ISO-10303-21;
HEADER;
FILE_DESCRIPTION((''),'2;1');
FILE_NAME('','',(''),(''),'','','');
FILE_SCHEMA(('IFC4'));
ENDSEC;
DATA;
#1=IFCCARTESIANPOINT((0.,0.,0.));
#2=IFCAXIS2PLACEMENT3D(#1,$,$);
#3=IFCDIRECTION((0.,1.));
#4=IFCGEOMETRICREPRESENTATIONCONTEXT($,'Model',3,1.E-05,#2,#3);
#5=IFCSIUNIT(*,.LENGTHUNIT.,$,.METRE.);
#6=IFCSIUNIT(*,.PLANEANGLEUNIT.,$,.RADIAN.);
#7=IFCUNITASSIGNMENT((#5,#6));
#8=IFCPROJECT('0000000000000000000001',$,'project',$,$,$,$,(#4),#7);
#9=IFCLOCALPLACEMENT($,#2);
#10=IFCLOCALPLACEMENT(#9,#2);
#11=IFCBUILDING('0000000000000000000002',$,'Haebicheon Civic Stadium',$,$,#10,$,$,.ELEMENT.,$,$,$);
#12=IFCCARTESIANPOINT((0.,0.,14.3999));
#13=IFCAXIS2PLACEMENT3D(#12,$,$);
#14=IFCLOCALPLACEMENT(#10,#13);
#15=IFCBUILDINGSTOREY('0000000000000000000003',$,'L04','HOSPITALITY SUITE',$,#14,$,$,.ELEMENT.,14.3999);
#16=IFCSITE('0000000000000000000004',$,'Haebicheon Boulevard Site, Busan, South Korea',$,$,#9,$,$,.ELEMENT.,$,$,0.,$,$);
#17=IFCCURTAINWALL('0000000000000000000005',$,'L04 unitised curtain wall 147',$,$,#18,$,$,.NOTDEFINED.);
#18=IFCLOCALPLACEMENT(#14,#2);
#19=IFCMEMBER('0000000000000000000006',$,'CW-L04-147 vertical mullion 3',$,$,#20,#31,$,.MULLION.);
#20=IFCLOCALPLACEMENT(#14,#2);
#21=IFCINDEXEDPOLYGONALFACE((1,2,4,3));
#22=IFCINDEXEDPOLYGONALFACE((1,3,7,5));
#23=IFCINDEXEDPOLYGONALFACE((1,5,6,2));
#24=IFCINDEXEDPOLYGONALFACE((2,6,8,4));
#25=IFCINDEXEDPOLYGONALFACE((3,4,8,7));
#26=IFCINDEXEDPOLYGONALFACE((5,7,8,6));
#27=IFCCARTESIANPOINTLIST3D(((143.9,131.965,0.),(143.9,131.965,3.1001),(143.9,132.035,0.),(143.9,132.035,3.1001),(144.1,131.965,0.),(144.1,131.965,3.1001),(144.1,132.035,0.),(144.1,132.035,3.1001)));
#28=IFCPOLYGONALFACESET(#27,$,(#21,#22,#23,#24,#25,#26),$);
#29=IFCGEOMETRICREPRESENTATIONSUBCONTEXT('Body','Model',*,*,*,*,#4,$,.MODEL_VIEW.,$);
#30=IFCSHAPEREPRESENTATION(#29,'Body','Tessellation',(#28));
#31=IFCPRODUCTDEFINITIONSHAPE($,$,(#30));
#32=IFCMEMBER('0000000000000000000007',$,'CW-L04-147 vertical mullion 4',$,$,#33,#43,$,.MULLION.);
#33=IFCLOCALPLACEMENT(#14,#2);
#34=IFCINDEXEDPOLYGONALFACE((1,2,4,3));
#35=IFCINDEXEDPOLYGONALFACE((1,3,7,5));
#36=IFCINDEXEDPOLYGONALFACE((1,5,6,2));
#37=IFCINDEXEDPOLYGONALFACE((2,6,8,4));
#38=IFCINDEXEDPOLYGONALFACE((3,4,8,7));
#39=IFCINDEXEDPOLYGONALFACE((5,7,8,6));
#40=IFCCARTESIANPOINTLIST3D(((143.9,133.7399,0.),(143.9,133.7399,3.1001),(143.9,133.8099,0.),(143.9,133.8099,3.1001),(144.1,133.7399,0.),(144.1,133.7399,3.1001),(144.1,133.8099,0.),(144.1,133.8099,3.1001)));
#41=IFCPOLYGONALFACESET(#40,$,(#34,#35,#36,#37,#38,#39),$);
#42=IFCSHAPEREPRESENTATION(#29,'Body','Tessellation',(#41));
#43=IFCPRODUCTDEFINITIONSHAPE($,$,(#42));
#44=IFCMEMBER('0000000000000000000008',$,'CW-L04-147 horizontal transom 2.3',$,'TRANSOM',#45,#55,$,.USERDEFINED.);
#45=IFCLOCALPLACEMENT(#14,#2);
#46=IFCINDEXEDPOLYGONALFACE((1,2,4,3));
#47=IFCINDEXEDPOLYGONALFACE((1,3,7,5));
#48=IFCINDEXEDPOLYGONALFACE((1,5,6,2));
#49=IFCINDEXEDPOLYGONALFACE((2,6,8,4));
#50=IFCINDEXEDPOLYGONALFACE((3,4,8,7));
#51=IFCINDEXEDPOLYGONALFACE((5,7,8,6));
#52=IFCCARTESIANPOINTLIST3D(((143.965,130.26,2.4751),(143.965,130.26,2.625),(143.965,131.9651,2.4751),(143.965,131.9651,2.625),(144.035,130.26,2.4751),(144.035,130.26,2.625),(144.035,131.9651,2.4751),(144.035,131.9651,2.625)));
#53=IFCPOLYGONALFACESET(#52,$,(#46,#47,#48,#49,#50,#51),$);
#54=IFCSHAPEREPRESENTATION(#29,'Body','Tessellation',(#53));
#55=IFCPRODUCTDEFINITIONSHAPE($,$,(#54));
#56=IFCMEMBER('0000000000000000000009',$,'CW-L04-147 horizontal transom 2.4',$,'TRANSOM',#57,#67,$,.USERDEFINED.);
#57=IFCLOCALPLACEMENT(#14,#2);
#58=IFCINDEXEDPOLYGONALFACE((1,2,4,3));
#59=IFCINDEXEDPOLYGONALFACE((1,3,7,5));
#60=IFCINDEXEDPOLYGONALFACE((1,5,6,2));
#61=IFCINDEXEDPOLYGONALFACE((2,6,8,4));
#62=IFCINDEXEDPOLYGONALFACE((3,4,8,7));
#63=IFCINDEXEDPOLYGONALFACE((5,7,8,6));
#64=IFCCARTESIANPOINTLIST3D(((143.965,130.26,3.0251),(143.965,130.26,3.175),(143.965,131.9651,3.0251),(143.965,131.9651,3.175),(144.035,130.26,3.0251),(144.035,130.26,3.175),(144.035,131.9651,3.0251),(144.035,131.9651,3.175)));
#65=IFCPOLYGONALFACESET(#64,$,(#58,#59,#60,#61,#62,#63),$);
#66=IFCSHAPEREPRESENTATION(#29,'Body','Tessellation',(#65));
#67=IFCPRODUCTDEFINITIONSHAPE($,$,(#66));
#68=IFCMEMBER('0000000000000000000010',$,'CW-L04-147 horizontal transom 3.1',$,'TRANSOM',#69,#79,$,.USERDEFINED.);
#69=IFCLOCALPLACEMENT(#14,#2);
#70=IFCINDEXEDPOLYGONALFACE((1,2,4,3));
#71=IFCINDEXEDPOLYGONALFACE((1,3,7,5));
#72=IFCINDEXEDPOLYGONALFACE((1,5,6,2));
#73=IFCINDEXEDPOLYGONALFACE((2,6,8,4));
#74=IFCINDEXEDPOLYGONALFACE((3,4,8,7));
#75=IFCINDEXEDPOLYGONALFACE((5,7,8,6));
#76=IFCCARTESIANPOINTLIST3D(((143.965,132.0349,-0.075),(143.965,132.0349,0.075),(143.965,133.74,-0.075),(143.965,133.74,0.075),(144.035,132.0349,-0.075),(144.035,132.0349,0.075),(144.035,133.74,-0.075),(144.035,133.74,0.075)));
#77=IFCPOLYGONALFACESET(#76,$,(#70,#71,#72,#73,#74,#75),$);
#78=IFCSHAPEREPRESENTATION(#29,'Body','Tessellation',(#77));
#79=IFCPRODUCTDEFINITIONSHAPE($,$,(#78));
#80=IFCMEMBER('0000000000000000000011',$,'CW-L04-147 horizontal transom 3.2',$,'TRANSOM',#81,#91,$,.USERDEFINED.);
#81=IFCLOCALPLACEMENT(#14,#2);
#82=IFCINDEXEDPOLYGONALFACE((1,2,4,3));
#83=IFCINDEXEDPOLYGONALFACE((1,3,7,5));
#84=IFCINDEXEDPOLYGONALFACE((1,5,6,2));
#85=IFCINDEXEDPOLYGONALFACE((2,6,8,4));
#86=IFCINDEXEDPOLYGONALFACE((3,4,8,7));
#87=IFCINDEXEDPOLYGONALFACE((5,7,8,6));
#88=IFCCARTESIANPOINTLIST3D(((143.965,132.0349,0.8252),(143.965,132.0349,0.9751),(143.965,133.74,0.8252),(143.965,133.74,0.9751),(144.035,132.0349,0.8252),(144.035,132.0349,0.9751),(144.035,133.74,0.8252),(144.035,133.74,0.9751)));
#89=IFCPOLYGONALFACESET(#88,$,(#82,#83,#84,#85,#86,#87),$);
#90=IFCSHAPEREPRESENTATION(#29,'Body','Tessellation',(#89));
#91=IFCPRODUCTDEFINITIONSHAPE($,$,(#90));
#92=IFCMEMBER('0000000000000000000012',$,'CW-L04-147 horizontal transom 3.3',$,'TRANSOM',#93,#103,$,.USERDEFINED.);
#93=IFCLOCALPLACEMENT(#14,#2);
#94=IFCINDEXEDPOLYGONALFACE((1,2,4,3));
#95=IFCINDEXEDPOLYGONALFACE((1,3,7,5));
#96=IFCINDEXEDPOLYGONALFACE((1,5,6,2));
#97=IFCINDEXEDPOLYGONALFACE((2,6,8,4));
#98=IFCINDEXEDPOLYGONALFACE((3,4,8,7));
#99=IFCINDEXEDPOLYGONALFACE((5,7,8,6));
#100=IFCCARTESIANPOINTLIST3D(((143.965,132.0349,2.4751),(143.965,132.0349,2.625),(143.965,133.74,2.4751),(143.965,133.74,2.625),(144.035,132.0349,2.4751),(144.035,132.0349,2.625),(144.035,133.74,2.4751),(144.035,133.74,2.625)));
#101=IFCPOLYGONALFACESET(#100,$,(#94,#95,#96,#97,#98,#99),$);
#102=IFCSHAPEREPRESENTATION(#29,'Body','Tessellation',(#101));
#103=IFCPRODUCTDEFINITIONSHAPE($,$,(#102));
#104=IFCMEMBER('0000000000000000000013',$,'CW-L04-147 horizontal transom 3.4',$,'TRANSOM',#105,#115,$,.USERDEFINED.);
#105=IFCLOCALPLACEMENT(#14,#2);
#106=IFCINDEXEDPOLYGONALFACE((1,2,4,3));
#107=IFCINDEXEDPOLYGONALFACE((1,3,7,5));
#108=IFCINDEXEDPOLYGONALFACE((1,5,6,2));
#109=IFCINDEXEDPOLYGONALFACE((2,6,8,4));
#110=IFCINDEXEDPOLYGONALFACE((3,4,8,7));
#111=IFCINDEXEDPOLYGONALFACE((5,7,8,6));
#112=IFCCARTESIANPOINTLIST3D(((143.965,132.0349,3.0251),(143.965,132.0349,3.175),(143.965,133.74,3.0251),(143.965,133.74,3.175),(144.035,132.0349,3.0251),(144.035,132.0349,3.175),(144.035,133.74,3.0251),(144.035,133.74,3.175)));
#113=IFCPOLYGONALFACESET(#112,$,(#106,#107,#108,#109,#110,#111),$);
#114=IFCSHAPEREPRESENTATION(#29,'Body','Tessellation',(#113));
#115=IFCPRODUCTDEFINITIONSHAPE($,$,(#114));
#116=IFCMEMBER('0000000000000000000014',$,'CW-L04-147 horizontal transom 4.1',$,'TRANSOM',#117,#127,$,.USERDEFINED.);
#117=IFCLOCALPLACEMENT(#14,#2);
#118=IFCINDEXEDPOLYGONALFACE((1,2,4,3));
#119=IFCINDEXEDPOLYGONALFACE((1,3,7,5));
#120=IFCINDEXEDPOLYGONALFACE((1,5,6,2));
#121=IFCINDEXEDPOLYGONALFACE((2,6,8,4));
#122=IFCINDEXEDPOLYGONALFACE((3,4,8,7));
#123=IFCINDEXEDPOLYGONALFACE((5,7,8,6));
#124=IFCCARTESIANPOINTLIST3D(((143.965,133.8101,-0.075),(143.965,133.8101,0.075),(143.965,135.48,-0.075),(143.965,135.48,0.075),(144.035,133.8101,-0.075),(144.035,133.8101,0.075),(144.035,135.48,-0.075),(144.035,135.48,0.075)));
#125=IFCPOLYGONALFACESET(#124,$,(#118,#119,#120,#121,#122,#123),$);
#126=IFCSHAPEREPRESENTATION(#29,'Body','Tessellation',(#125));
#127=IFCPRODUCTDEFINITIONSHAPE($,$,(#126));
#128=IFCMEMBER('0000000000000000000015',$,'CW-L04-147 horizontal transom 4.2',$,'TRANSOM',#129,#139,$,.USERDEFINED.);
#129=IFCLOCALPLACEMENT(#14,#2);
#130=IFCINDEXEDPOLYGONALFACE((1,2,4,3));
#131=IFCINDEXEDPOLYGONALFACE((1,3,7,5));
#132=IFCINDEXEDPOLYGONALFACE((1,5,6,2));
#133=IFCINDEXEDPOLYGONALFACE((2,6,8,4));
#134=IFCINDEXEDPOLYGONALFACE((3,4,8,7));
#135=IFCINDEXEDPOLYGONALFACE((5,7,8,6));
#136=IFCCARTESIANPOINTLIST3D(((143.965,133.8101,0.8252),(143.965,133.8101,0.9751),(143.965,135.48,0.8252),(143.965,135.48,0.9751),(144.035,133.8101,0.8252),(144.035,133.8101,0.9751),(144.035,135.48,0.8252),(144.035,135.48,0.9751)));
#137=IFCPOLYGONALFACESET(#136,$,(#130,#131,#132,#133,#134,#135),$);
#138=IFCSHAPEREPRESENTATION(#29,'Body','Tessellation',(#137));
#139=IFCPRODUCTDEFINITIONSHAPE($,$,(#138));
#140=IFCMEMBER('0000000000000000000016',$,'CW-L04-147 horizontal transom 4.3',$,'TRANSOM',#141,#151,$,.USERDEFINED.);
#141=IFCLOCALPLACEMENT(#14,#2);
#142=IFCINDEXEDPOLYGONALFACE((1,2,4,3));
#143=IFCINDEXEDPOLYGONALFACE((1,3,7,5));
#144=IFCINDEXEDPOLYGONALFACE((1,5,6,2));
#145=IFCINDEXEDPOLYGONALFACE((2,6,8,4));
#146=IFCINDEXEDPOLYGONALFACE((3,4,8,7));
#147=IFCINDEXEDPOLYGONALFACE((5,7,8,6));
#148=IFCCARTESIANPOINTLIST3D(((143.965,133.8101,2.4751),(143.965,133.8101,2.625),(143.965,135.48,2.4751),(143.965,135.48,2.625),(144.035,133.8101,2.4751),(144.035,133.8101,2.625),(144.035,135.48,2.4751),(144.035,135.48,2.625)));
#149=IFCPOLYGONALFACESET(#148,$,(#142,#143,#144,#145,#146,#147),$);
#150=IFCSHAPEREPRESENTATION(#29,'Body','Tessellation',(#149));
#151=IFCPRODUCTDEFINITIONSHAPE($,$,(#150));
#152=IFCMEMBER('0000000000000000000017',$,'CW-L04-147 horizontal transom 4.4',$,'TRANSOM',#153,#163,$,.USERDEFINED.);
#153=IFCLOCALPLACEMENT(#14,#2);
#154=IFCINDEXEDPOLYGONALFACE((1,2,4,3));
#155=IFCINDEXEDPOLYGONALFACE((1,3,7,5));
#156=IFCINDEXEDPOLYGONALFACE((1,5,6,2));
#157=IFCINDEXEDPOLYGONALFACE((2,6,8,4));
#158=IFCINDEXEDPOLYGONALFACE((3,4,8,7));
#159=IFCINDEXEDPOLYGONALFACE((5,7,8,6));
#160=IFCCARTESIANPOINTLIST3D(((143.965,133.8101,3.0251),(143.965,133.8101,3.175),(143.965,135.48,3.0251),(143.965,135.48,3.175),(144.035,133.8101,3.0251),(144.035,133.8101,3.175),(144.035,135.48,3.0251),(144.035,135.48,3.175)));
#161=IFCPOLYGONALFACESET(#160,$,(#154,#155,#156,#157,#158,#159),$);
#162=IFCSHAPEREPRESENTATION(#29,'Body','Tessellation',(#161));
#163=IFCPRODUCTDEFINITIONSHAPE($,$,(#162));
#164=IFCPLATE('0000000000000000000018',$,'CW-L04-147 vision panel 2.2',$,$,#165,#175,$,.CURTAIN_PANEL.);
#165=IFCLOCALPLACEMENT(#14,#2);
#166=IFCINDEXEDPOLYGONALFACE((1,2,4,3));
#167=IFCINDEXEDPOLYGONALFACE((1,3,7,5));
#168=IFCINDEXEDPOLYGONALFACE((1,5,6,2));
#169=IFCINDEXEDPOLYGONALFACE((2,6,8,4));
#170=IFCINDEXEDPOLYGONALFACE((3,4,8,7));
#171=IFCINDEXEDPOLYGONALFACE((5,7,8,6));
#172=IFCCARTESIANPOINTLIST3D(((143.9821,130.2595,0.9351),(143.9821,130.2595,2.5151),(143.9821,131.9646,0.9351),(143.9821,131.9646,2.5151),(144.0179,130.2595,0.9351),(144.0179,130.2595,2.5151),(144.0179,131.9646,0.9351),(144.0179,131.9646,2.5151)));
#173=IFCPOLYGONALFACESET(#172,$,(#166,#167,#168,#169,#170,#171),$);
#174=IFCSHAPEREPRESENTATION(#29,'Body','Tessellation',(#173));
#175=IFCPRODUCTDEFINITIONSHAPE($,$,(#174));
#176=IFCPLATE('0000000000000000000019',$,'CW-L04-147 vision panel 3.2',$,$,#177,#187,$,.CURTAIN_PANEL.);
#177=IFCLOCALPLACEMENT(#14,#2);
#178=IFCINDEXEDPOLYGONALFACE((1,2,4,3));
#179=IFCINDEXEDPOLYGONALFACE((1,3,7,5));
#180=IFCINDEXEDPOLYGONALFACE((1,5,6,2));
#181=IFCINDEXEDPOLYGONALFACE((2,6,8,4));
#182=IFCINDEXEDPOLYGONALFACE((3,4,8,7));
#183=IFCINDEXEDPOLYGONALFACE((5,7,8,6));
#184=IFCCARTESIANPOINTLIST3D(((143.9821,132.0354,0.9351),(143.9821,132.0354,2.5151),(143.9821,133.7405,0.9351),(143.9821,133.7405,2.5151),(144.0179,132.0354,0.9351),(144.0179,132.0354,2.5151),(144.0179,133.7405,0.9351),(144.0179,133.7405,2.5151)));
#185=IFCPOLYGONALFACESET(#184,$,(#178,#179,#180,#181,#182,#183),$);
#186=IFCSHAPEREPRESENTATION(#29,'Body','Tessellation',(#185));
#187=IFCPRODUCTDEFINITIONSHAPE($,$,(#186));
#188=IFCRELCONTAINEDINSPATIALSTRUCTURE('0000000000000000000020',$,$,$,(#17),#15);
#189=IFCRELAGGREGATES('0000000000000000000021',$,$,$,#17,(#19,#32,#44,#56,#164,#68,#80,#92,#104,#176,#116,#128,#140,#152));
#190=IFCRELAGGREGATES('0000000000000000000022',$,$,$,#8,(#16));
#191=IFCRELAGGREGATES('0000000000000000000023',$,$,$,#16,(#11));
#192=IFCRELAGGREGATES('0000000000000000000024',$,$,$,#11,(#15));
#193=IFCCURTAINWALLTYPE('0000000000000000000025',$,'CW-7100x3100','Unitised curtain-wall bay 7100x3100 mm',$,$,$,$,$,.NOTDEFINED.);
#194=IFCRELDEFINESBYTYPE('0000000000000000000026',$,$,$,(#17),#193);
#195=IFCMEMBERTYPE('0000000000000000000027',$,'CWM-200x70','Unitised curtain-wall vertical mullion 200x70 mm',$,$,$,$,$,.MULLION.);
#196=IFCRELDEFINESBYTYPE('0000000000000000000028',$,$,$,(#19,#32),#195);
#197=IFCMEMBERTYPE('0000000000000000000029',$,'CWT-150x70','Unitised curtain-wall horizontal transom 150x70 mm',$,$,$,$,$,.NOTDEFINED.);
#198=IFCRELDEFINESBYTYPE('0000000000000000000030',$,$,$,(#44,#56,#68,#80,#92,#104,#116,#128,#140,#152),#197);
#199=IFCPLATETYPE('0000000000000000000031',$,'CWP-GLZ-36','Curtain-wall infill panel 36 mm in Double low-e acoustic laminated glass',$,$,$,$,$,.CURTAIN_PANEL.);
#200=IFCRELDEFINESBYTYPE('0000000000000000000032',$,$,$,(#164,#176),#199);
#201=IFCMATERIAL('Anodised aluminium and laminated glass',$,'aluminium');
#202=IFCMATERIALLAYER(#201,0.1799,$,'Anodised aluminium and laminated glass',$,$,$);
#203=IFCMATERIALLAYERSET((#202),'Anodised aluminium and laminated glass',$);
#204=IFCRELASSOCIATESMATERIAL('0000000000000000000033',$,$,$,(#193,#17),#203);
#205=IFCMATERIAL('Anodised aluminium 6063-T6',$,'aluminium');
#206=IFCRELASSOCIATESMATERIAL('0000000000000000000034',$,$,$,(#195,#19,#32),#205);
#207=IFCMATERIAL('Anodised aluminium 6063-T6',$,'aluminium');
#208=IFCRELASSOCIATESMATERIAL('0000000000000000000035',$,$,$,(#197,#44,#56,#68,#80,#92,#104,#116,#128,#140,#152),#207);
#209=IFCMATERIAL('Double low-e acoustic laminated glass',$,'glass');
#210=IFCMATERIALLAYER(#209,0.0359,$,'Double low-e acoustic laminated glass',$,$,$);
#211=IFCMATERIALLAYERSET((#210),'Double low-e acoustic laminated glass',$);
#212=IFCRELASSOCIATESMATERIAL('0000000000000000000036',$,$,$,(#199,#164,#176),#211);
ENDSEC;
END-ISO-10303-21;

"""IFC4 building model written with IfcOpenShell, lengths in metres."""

from ifc_helpers import new_model, si_unit, direction, frame, origin, origin_2d, place, context, subcontext, project, spatial, rectangle, extrude, material, layer, layer_set, material_profile, profile_set, type_object, element, aggregate, save


model = new_model("IFC4")

# Units and contexts
model_context = context("Model", 3, precision=1e-05, world=origin(), true_north=direction((0.0, 1.0)))
body_context = subcontext(model_context, "Body", "Model", "MODEL_VIEW")
ifc_project = project(units=[si_unit("LENGTHUNIT", "METRE"), si_unit("PLANEANGLEUNIT", "RADIAN")], contexts=[model_context])

# Site, building, storey
site_placement = place(None, origin())
site = spatial("IfcSite", under=ifc_project, at=site_placement, Name="Haebicheon Boulevard Site, Busan, South Korea", CompositionType="ELEMENT", RefElevation=0.0)
building_placement = place(site_placement, origin())
building = spatial("IfcBuilding", under=site, at=building_placement, Name="Haebicheon Civic Stadium", CompositionType="ELEMENT")
storey_placement = place(building_placement, frame((0.0, 0.0, 14.3999)))
storey = spatial("IfcBuildingStorey", under=building, at=storey_placement, Name="L04", Description="HOSPITALITY SUITE", CompositionType="ELEMENT", Elevation=14.3999)

# Curtain wall, members, plates
ifc_material_1 = material(Name="Anodised aluminium and laminated glass", Category="aluminium")
ifc_layer_1 = layer(ifc_material_1, 0.1799, Name="Anodised aluminium and laminated glass")
ifc_layer_set_1 = layer_set([ifc_layer_1], Name="Anodised aluminium and laminated glass")
curtain_wall_type = type_object("IfcCurtainWallType", Name="CW-7100x3100", Description="Unitised curtain-wall bay 7100x3100 mm", PredefinedType="NOTDEFINED", material=ifc_layer_set_1)
curtain_wall_placement = place(storey_placement, origin())
curtain_wall = element("IfcCurtainWall", 1, at=curtain_wall_placement, inside=storey, type_object=curtain_wall_type, material=ifc_layer_set_1, Name="L04 unitised curtain wall 147", PredefinedType="NOTDEFINED")
ifc_material_2 = material(Name="Anodised aluminium 6063-T6", Category="aluminium")
ifc_material_profile_1 = material_profile(ifc_material_2, rectangle(XDim=0.0701, YDim=0.2, at=origin_2d()), Name="ALU-MULL-70x200")
ifc_profile_set_1 = profile_set([ifc_material_profile_1], Name="Anodised aluminium 6063-T6")
member_type_1 = type_object("IfcMemberType", Name="CWM-200x70", Description="Unitised curtain-wall vertical mullion 200x70 mm", PredefinedType="MULLION", material=ifc_profile_set_1)
member_1_placement = place(storey_placement, frame((144.0, 132.0, 0.0), z_axis=(0.0, 0.0, 1.0), x_axis=(0.0, 1.0, 0.0)))
member_1 = element("IfcMember", 2, at=member_1_placement, type_object=member_type_1, material=ifc_profile_set_1, Name="CW-L04-147 vertical mullion 3", PredefinedType="MULLION", context=body_context, shape_type="SweptSolid", body=[
    extrude(rectangle(XDim=0.0701, YDim=0.2, at=origin_2d()), origin(), (0.0, 0.0, 1.0), 3.1001),
])
member_2_placement = place(storey_placement, frame((144.0, 133.7749, 0.0), z_axis=(0.0, 0.0, 1.0), x_axis=(0.0, 1.0, 0.0)))
member_2 = element("IfcMember", 3, at=member_2_placement, type_object=member_type_1, material=ifc_profile_set_1, Name="CW-L04-147 vertical mullion 4", PredefinedType="MULLION", context=body_context, shape_type="SweptSolid", body=[
    extrude(rectangle(XDim=0.0701, YDim=0.2, at=origin_2d()), origin(), (0.0, 0.0, 1.0), 3.1001),
])
ifc_material_3 = material(Name="Anodised aluminium 6063-T6", Category="aluminium")
ifc_material_profile_2 = material_profile(ifc_material_3, rectangle(XDim=0.0701, YDim=0.1499, at=origin_2d()), Name="ALU-TRAN-70x150")
ifc_profile_set_2 = profile_set([ifc_material_profile_2], Name="Anodised aluminium 6063-T6")
member_type_2 = type_object("IfcMemberType", Name="CWT-150x70", Description="Unitised curtain-wall horizontal transom 150x70 mm", PredefinedType="NOTDEFINED", material=ifc_profile_set_2)
member_3_placement = place(storey_placement, frame((144.0, 130.26, 2.55), z_axis=(0.0, 1.0, 0.0), x_axis=(-1.0, 0.0, 0.0)))
member_3 = element("IfcMember", 4, at=member_3_placement, type_object=member_type_2, material=ifc_profile_set_2, Name="CW-L04-147 horizontal transom 2.3", ObjectType="TRANSOM", PredefinedType="USERDEFINED", context=body_context, shape_type="SweptSolid", body=[
    extrude(rectangle(XDim=0.0701, YDim=0.1499, at=origin_2d()), origin(), (0.0, 0.0, 1.0), 1.7051),
])
member_4_placement = place(storey_placement, frame((144.0, 130.26, 3.1001), z_axis=(0.0, 1.0, 0.0), x_axis=(-1.0, 0.0, 0.0)))
member_4 = element("IfcMember", 5, at=member_4_placement, type_object=member_type_2, material=ifc_profile_set_2, Name="CW-L04-147 horizontal transom 2.4", ObjectType="TRANSOM", PredefinedType="USERDEFINED", context=body_context, shape_type="SweptSolid", body=[
    extrude(rectangle(XDim=0.0701, YDim=0.1499, at=origin_2d()), origin(), (0.0, 0.0, 1.0), 1.7051),
])
member_5_placement = place(storey_placement, frame((144.0, 132.0349, 0.0), z_axis=(0.0, 1.0, 0.0), x_axis=(-1.0, 0.0, 0.0)))
member_5 = element("IfcMember", 6, at=member_5_placement, type_object=member_type_2, material=ifc_profile_set_2, Name="CW-L04-147 horizontal transom 3.1", ObjectType="TRANSOM", PredefinedType="USERDEFINED", context=body_context, shape_type="SweptSolid", body=[
    extrude(rectangle(XDim=0.0701, YDim=0.1499, at=origin_2d()), origin(), (0.0, 0.0, 1.0), 1.7051),
])
member_6_placement = place(storey_placement, frame((144.0, 132.0349, 0.9001), z_axis=(0.0, 1.0, 0.0), x_axis=(-1.0, 0.0, 0.0)))
member_6 = element("IfcMember", 7, at=member_6_placement, type_object=member_type_2, material=ifc_profile_set_2, Name="CW-L04-147 horizontal transom 3.2", ObjectType="TRANSOM", PredefinedType="USERDEFINED", context=body_context, shape_type="SweptSolid", body=[
    extrude(rectangle(XDim=0.0701, YDim=0.1499, at=origin_2d()), origin(), (0.0, 0.0, 1.0), 1.7051),
])
member_7_placement = place(storey_placement, frame((144.0, 132.0349, 2.55), z_axis=(0.0, 1.0, 0.0), x_axis=(-1.0, 0.0, 0.0)))
member_7 = element("IfcMember", 8, at=member_7_placement, type_object=member_type_2, material=ifc_profile_set_2, Name="CW-L04-147 horizontal transom 3.3", ObjectType="TRANSOM", PredefinedType="USERDEFINED", context=body_context, shape_type="SweptSolid", body=[
    extrude(rectangle(XDim=0.0701, YDim=0.1499, at=origin_2d()), origin(), (0.0, 0.0, 1.0), 1.7051),
])
member_8_placement = place(storey_placement, frame((144.0, 132.0349, 3.1001), z_axis=(0.0, 1.0, 0.0), x_axis=(-1.0, 0.0, 0.0)))
member_8 = element("IfcMember", 9, at=member_8_placement, type_object=member_type_2, material=ifc_profile_set_2, Name="CW-L04-147 horizontal transom 3.4", ObjectType="TRANSOM", PredefinedType="USERDEFINED", context=body_context, shape_type="SweptSolid", body=[
    extrude(rectangle(XDim=0.0701, YDim=0.1499, at=origin_2d()), origin(), (0.0, 0.0, 1.0), 1.7051),
])
member_9_placement = place(storey_placement, frame((144.0, 133.8101, 0.0), z_axis=(0.0, 1.0, 0.0), x_axis=(-1.0, 0.0, 0.0)))
member_9 = element("IfcMember", 10, at=member_9_placement, type_object=member_type_2, material=ifc_profile_set_2, Name="CW-L04-147 horizontal transom 4.1", ObjectType="TRANSOM", PredefinedType="USERDEFINED", context=body_context, shape_type="SweptSolid", body=[
    extrude(rectangle(XDim=0.0701, YDim=0.1499, at=origin_2d()), origin(), (0.0, 0.0, 1.0), 1.6699),
])
member_10_placement = place(storey_placement, frame((144.0, 133.8101, 0.9001), z_axis=(0.0, 1.0, 0.0), x_axis=(-1.0, 0.0, 0.0)))
member_10 = element("IfcMember", 11, at=member_10_placement, type_object=member_type_2, material=ifc_profile_set_2, Name="CW-L04-147 horizontal transom 4.2", ObjectType="TRANSOM", PredefinedType="USERDEFINED", context=body_context, shape_type="SweptSolid", body=[
    extrude(rectangle(XDim=0.0701, YDim=0.1499, at=origin_2d()), origin(), (0.0, 0.0, 1.0), 1.6699),
])
member_11_placement = place(storey_placement, frame((144.0, 133.8101, 2.55), z_axis=(0.0, 1.0, 0.0), x_axis=(-1.0, 0.0, 0.0)))
member_11 = element("IfcMember", 12, at=member_11_placement, type_object=member_type_2, material=ifc_profile_set_2, Name="CW-L04-147 horizontal transom 4.3", ObjectType="TRANSOM", PredefinedType="USERDEFINED", context=body_context, shape_type="SweptSolid", body=[
    extrude(rectangle(XDim=0.0701, YDim=0.1499, at=origin_2d()), origin(), (0.0, 0.0, 1.0), 1.6699),
])
member_12_placement = place(storey_placement, frame((144.0, 133.8101, 3.1001), z_axis=(0.0, 1.0, 0.0), x_axis=(-1.0, 0.0, 0.0)))
member_12 = element("IfcMember", 13, at=member_12_placement, type_object=member_type_2, material=ifc_profile_set_2, Name="CW-L04-147 horizontal transom 4.4", ObjectType="TRANSOM", PredefinedType="USERDEFINED", context=body_context, shape_type="SweptSolid", body=[
    extrude(rectangle(XDim=0.0701, YDim=0.1499, at=origin_2d()), origin(), (0.0, 0.0, 1.0), 1.6699),
])
ifc_material_4 = material(Name="Double low-e acoustic laminated glass", Category="glass")
ifc_layer_2 = layer(ifc_material_4, 0.0359, Name="Double low-e acoustic laminated glass")
ifc_layer_set_2 = layer_set([ifc_layer_2], Name="Double low-e acoustic laminated glass")
plate_type_1 = type_object("IfcPlateType", Name="CWP-GLZ-36", Description="Curtain-wall infill panel 36 mm in Double low-e acoustic laminated glass", PredefinedType="CURTAIN_PANEL", material=ifc_layer_set_2)
plate_1_placement = place(storey_placement, frame((144.0, 131.1121, 0.9351), z_axis=(0.0, 0.0, 1.0), x_axis=(0.0, 1.0, 0.0)))
plate_1 = element("IfcPlate", 14, at=plate_1_placement, type_object=plate_type_1, material=ifc_layer_set_2, Name="CW-L04-147 vision panel 2.2", PredefinedType="CURTAIN_PANEL", context=body_context, shape_type="SweptSolid", body=[
    extrude(rectangle(XDim=1.7051, YDim=0.0359, at=origin_2d()), origin(), (0.0, 0.0, 1.0), 1.5801),
])
plate_2_placement = place(storey_placement, frame((144.0, 132.8879, 0.9351), z_axis=(0.0, 0.0, 1.0), x_axis=(0.0, 1.0, 0.0)))
plate_2 = element("IfcPlate", 15, at=plate_2_placement, type_object=plate_type_1, material=ifc_layer_set_2, Name="CW-L04-147 vision panel 3.2", PredefinedType="CURTAIN_PANEL", context=body_context, shape_type="SweptSolid", body=[
    extrude(rectangle(XDim=1.7051, YDim=0.0359, at=origin_2d()), origin(), (0.0, 0.0, 1.0), 1.5801),
])
aggregate(curtain_wall, [member_1, member_2, member_3, member_4, plate_1, member_5, member_6, member_7, member_8, plate_2, member_9, member_10, member_11, member_12])

save(model, "model.ifc")
